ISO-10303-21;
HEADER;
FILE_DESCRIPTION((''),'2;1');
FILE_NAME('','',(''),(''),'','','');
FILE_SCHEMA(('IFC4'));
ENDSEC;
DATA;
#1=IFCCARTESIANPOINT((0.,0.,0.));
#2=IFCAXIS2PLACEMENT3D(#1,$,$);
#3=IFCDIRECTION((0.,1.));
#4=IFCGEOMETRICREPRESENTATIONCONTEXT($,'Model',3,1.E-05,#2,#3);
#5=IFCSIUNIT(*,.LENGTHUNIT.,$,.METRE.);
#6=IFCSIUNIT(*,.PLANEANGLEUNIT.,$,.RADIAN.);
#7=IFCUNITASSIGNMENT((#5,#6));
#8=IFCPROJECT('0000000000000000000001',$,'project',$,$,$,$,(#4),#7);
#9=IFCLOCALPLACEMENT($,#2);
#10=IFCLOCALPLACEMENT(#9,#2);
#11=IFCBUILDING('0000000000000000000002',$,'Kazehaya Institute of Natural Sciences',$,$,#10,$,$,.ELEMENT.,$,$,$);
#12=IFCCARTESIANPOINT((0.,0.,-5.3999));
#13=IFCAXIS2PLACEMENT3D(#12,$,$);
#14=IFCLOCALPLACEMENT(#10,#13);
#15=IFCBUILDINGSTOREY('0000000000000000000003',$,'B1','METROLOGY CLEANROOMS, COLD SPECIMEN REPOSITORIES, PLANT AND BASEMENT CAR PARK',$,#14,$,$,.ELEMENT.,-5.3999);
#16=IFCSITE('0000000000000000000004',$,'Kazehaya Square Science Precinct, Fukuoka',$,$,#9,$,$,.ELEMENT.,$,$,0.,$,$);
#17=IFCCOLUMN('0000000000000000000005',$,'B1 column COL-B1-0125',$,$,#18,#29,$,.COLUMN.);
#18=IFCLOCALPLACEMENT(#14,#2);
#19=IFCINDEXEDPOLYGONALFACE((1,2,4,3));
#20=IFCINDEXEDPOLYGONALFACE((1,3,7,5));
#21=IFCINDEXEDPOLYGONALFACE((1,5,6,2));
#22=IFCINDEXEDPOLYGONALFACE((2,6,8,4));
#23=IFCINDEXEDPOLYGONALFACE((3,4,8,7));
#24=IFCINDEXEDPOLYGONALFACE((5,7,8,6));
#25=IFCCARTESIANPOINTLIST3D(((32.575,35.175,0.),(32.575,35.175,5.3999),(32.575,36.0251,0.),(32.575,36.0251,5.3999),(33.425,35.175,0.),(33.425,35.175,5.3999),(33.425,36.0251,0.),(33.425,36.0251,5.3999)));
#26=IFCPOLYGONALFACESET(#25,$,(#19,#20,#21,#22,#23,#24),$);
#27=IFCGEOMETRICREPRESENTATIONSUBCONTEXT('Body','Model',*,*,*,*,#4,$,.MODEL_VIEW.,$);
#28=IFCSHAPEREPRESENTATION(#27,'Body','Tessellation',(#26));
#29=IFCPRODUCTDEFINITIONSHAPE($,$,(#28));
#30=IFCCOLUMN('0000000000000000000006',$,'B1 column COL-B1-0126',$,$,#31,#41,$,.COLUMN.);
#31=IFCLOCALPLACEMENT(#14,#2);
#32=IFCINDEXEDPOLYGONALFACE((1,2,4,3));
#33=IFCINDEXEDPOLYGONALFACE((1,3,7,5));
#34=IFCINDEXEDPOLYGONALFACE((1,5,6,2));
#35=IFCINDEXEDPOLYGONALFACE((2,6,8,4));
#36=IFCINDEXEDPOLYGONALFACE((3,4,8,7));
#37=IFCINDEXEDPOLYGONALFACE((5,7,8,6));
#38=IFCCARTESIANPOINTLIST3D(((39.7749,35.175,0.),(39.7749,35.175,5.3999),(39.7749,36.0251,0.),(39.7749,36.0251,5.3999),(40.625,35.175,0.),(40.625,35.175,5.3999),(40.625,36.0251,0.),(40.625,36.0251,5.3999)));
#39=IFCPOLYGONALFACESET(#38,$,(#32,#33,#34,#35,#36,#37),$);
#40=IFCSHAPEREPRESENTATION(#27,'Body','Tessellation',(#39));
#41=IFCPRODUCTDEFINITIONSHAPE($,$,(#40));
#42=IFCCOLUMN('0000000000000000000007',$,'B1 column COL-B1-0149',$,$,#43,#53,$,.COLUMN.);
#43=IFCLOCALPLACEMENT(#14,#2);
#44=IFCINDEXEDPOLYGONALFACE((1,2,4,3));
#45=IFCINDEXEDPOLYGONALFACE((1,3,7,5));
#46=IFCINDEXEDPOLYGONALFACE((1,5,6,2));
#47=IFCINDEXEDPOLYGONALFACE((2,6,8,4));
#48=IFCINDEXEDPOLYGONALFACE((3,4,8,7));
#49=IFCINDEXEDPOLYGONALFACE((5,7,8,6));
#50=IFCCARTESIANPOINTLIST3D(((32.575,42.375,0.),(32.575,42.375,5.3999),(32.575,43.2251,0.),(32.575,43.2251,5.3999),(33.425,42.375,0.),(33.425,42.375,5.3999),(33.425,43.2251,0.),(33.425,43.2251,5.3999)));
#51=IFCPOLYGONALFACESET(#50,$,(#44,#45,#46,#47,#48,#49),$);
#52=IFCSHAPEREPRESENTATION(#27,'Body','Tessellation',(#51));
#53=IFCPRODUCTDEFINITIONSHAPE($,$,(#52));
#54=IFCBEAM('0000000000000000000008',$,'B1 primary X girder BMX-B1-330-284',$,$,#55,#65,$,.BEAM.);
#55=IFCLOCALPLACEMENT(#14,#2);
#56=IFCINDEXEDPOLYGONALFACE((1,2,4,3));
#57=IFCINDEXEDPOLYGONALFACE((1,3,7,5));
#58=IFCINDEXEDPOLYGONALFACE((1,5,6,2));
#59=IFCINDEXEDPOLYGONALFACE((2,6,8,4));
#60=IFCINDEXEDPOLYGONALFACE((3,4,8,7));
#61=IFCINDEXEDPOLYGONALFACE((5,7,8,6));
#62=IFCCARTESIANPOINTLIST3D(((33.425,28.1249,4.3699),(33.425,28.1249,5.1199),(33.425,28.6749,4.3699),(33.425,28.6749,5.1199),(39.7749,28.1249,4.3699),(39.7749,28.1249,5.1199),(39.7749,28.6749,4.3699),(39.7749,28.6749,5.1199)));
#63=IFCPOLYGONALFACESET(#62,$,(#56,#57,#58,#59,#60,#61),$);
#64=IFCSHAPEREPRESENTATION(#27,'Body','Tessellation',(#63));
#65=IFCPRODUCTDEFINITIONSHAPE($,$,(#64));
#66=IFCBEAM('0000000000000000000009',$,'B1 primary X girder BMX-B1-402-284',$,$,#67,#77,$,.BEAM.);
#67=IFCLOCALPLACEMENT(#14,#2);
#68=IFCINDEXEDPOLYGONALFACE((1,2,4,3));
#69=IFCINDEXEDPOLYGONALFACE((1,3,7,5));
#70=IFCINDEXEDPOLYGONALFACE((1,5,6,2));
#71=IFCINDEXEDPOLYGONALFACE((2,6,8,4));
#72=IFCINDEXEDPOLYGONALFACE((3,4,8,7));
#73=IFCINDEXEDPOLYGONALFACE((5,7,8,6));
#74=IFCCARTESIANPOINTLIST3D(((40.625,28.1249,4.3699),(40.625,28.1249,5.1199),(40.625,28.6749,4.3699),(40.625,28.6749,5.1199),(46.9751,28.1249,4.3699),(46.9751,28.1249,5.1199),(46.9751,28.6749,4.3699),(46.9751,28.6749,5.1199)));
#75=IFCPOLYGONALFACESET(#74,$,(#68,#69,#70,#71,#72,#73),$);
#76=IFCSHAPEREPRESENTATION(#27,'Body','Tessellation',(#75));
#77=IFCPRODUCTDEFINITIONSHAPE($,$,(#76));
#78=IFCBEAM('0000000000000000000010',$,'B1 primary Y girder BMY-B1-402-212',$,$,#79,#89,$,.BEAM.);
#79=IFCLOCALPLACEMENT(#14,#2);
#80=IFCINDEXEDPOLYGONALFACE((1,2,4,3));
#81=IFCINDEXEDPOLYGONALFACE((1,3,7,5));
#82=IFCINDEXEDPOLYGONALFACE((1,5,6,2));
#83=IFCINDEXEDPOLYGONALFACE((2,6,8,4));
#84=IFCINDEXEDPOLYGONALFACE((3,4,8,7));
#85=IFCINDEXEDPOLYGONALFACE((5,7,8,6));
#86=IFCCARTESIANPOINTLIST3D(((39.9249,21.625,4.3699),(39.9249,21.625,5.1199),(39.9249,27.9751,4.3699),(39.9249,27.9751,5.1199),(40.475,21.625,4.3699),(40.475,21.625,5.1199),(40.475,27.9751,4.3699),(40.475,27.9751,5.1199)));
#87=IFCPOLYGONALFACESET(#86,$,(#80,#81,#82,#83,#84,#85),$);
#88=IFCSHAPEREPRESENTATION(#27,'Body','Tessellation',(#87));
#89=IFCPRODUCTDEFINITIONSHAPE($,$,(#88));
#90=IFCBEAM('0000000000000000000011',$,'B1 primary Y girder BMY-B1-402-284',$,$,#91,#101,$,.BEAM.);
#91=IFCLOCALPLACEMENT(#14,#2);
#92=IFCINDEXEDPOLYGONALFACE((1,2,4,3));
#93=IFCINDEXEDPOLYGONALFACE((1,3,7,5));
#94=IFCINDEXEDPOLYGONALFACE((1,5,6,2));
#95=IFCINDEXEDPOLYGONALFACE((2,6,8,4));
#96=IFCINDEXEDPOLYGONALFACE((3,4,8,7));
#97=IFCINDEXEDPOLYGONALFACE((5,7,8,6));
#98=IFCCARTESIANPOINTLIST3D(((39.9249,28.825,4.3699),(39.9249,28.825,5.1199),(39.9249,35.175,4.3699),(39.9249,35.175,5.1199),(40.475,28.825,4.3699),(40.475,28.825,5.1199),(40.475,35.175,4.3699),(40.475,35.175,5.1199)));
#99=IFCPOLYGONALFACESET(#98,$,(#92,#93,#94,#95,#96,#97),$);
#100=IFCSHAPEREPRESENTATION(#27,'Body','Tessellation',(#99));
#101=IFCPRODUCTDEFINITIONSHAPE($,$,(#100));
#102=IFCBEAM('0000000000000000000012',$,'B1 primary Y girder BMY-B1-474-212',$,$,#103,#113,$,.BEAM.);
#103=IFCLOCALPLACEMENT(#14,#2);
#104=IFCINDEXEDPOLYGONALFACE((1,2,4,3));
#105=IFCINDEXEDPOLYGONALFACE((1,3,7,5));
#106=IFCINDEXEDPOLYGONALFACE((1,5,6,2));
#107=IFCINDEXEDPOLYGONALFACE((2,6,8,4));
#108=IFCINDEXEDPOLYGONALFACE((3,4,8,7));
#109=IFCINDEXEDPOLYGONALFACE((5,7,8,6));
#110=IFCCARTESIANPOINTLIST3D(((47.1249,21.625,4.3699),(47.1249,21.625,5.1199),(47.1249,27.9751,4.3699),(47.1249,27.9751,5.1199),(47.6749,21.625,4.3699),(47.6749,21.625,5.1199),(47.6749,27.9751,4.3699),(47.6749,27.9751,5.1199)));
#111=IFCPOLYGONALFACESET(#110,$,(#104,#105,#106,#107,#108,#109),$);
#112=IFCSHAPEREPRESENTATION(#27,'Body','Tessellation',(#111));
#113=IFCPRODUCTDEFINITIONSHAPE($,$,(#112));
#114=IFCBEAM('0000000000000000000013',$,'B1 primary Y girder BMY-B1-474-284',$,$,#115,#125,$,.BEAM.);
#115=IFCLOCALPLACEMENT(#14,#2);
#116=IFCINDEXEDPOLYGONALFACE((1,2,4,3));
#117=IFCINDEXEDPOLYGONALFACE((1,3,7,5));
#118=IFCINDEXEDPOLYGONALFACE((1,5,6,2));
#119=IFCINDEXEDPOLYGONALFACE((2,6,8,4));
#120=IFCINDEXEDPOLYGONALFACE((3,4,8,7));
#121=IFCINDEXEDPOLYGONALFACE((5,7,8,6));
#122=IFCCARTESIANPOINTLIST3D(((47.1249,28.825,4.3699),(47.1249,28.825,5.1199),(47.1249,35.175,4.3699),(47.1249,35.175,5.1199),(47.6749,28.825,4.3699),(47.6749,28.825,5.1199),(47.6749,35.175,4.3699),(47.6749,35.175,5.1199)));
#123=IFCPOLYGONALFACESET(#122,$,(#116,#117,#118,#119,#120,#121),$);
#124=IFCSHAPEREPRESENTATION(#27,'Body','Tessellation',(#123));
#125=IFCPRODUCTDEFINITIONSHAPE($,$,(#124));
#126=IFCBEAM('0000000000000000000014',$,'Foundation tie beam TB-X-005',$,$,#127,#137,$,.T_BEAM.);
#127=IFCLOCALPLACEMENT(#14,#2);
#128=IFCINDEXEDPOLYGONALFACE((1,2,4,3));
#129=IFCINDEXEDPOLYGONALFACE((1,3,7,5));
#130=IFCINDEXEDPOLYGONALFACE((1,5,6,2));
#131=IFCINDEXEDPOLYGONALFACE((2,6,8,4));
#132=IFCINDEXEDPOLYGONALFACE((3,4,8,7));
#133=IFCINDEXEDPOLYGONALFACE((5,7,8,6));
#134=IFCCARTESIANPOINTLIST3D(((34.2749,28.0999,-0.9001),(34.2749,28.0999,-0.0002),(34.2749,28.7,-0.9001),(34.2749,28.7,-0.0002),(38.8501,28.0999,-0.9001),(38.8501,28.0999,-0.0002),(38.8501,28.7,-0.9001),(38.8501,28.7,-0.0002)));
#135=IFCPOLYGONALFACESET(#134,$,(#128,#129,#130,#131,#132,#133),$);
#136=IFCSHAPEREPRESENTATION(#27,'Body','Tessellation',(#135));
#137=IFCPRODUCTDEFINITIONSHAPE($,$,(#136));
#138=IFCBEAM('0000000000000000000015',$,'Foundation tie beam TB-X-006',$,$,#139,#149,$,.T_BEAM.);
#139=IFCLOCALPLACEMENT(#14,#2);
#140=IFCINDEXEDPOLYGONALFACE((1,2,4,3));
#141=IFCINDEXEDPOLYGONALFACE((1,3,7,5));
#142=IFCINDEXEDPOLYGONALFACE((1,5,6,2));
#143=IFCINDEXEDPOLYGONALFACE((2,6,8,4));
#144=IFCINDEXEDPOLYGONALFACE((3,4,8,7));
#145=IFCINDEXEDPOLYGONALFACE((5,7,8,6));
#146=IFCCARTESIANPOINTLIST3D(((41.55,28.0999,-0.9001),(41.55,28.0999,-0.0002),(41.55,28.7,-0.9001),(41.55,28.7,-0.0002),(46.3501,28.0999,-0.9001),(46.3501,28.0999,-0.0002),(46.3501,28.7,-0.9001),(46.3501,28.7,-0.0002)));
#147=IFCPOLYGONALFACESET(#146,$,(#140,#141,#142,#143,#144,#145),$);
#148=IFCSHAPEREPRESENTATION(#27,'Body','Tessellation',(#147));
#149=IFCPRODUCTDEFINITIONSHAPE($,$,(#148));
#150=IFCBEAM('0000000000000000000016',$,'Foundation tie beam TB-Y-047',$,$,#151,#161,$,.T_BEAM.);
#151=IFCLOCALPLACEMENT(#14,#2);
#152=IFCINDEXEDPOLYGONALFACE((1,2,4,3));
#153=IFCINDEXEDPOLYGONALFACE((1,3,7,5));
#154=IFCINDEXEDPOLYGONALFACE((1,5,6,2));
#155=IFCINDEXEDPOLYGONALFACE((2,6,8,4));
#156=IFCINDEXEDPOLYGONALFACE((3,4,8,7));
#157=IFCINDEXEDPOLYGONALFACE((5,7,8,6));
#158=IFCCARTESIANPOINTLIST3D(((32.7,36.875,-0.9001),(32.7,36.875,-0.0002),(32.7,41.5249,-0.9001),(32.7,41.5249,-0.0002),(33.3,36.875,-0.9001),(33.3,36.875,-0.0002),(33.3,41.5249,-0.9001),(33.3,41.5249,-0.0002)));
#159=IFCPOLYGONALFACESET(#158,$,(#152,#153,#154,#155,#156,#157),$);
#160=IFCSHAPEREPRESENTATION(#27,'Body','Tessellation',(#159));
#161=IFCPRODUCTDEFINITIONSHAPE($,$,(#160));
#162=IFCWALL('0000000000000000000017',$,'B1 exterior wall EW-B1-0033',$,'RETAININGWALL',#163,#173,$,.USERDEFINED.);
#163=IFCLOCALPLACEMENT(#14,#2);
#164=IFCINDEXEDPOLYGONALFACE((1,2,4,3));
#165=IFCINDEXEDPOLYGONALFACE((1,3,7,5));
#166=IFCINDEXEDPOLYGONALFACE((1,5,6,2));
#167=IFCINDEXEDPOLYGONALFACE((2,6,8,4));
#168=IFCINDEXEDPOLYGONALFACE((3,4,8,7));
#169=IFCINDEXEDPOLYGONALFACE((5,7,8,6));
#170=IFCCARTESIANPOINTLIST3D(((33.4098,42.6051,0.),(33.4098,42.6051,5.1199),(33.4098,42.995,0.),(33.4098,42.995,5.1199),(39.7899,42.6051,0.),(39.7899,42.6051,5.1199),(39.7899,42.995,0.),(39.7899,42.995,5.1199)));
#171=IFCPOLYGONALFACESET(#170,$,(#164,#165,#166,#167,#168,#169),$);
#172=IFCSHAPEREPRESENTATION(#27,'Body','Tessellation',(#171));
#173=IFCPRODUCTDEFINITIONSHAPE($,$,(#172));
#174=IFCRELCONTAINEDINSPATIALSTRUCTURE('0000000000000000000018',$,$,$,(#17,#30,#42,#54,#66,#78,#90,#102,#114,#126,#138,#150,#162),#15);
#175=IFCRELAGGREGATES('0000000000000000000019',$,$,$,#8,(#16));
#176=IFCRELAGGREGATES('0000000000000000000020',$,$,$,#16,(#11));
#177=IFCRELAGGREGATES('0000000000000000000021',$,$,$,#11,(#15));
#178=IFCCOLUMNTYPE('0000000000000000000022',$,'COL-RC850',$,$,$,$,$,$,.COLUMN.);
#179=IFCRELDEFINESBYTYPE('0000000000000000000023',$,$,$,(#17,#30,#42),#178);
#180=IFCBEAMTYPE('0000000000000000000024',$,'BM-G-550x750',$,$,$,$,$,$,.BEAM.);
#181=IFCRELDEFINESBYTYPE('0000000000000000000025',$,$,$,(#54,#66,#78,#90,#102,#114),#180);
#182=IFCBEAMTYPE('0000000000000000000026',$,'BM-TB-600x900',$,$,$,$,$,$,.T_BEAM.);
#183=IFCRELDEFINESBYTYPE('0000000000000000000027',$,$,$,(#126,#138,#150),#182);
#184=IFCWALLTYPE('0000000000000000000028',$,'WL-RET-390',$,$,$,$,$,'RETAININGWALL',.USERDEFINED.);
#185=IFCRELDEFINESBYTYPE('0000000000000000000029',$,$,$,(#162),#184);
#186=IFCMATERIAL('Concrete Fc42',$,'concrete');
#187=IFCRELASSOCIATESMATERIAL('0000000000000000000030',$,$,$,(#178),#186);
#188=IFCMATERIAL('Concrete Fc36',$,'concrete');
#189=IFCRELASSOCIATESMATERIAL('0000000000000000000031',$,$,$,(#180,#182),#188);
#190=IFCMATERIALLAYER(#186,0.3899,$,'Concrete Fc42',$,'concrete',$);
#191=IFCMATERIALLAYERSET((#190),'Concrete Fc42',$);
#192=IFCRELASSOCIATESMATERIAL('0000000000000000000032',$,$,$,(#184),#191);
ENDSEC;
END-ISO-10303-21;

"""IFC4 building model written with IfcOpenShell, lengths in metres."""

from ifc_helpers import new_model, si_unit, direction, frame, frame_2d, origin, origin_2d, place, context, subcontext, project, spatial, rectangle, extrude, material, layer, layer_set, material_profile, profile_set, type_object, element, save


model = new_model("IFC4")

# Units and contexts
model_context = context("Model", 3, precision=1e-05, world=origin(), true_north=direction((0.0, 1.0)))
body_context = subcontext(model_context, "Body", "Model", "MODEL_VIEW")
ifc_project = project(units=[si_unit("LENGTHUNIT", "METRE"), si_unit("PLANEANGLEUNIT", "RADIAN")], contexts=[model_context])

# Site, building, storey
site_placement = place(None, origin())
site = spatial("IfcSite", under=ifc_project, at=site_placement, Name="Kazehaya Square Science Precinct, Fukuoka", CompositionType="ELEMENT", RefElevation=0.0)
building_placement = place(site_placement, origin())
building = spatial("IfcBuilding", under=site, at=building_placement, Name="Kazehaya Institute of Natural Sciences", CompositionType="ELEMENT")
storey_placement = place(building_placement, frame((0.0, 0.0, -5.3999)))
storey = spatial("IfcBuildingStorey", under=building, at=storey_placement, Name="B1", Description="METROLOGY CLEANROOMS, COLD SPECIMEN REPOSITORIES, PLANT AND BASEMENT CAR PARK", CompositionType="ELEMENT", Elevation=-5.3999)

# Shared definitions
ifc_material_1 = material(Name="Concrete Fc36", Category="concrete")

# Columns
ifc_material_2 = material(Name="Concrete Fc42", Category="concrete")
ifc_material_profile_1 = material_profile(ifc_material_2, rectangle(XDim=0.8501, YDim=0.8501, at=origin_2d()), Name="RC-850x850")
ifc_profile_set_1 = profile_set([ifc_material_profile_1], Name="Concrete Fc42")
column_type = type_object("IfcColumnType", Name="COL-RC850", PredefinedType="COLUMN", material=ifc_profile_set_1)
for number, where, z_axis, x_axis, name in (
    (1, (33.0, 35.6001, 0.0), (0.0, 0.0, 1.0), (1.0, 0.0, 0.0), "B1 column COL-B1-0125"),
    (2, (40.2, 35.6001, 0.0), (0.0, 0.0, 1.0), (1.0, 0.0, 0.0), "B1 column COL-B1-0126"),
    (3, (33.0, 42.8, 0.0), (0.0, 0.0, 1.0), (1.0, 0.0, 0.0), "B1 column COL-B1-0149"),
):
    element("IfcColumn", number, at=place(storey_placement, frame(where, z_axis=z_axis, x_axis=x_axis)), inside=storey, type_object=column_type, Name=name, PredefinedType="COLUMN", context=body_context, shape_type="SweptSolid", body=[
        extrude(rectangle(XDim=0.8501, YDim=0.8501, at=origin_2d()), origin(), (0.0, 0.0, 1.0), 5.3999),
    ])

# Beams
ifc_material_profile_2 = material_profile(ifc_material_1, rectangle(XDim=0.55, YDim=0.75, at=origin_2d()), Name="RC-550x750")
ifc_profile_set_2 = profile_set([ifc_material_profile_2], Name="Concrete Fc36")
beam_type_1 = type_object("IfcBeamType", Name="BM-G-550x750", PredefinedType="BEAM", material=ifc_profile_set_2)
beam_1_placement = place(storey_placement, frame((33.425, 28.3999, 4.7449), z_axis=(1.0, 0.0, 0.0), x_axis=(0.0, 1.0, 0.0)))
element("IfcBeam", 4, at=beam_1_placement, inside=storey, type_object=beam_type_1, Name="B1 primary X girder BMX-B1-330-284", PredefinedType="BEAM", context=body_context, shape_type="SweptSolid", body=[
    extrude(rectangle(XDim=0.55, YDim=0.75, at=origin_2d()), origin(), (0.0, 0.0, 1.0), 6.3499),
])
for number, where, z_axis, x_axis, name in (
    (5, (40.625, 28.3999, 4.7449), (1.0, 0.0, 0.0), (0.0, 1.0, 0.0), "B1 primary X girder BMX-B1-402-284"),
    (6, (40.2, 21.625, 4.7449), (0.0, 1.0, 0.0), (-1.0, 0.0, 0.0), "B1 primary Y girder BMY-B1-402-212"),
    (7, (40.2, 28.825, 4.7449), (0.0, 1.0, 0.0), (-1.0, 0.0, 0.0), "B1 primary Y girder BMY-B1-402-284"),
    (8, (47.3999, 21.625, 4.7449), (0.0, 1.0, 0.0), (-1.0, 0.0, 0.0), "B1 primary Y girder BMY-B1-474-212"),
    (9, (47.3999, 28.825, 4.7449), (0.0, 1.0, 0.0), (-1.0, 0.0, 0.0), "B1 primary Y girder BMY-B1-474-284"),
):
    element("IfcBeam", number, at=place(storey_placement, frame(where, z_axis=z_axis, x_axis=x_axis)), inside=storey, type_object=beam_type_1, Name=name, PredefinedType="BEAM", context=body_context, shape_type="SweptSolid", body=[
        extrude(rectangle(XDim=0.55, YDim=0.75, at=origin_2d()), origin(), (0.0, 0.0, 1.0), 6.3501),
    ])
ifc_material_profile_3 = material_profile(ifc_material_1, rectangle(XDim=0.6001, YDim=0.8999, at=origin_2d()), Name="RC-600x900")
ifc_profile_set_3 = profile_set([ifc_material_profile_3], Name="Concrete Fc36")
beam_type_2 = type_object("IfcBeamType", Name="BM-TB-600x900", PredefinedType="T_BEAM", material=ifc_profile_set_3)
beam_2_placement = place(storey_placement, frame((34.2749, 28.3999, -0.4502), z_axis=(1.0, 0.0, 0.0), x_axis=(0.0, 1.0, 0.0)))
element("IfcBeam", 10, at=beam_2_placement, inside=storey, type_object=beam_type_2, Name="Foundation tie beam TB-X-005", PredefinedType="T_BEAM", context=body_context, shape_type="SweptSolid", body=[
    extrude(rectangle(XDim=0.6001, YDim=0.8999, at=origin_2d()), origin(), (0.0, 0.0, 1.0), 4.5752),
])
beam_3_placement = place(storey_placement, frame((41.55, 28.3999, -0.4502), z_axis=(1.0, 0.0, 0.0), x_axis=(0.0, 1.0, 0.0)))
element("IfcBeam", 11, at=beam_3_placement, inside=storey, type_object=beam_type_2, Name="Foundation tie beam TB-X-006", PredefinedType="T_BEAM", context=body_context, shape_type="SweptSolid", body=[
    extrude(rectangle(XDim=0.6001, YDim=0.8999, at=origin_2d()), origin(), (0.0, 0.0, 1.0), 4.8),
])
beam_4_placement = place(storey_placement, frame((33.0, 36.875, -0.4502), z_axis=(0.0, 1.0, 0.0), x_axis=(-1.0, 0.0, 0.0)))
element("IfcBeam", 12, at=beam_4_placement, inside=storey, type_object=beam_type_2, Name="Foundation tie beam TB-Y-047", PredefinedType="T_BEAM", context=body_context, shape_type="SweptSolid", body=[
    extrude(rectangle(XDim=0.6001, YDim=0.8999, at=origin_2d()), origin(), (0.0, 0.0, 1.0), 4.6499),
])

# Wall
ifc_layer = layer(ifc_material_2, 0.3899, Name="Concrete Fc42", Category="concrete")
ifc_layer_set = layer_set([ifc_layer], Name="Concrete Fc42")
wall_type = type_object("IfcWallType", Name="WL-RET-390", ElementType="RETAININGWALL", PredefinedType="USERDEFINED", material=ifc_layer_set)
wall_placement = place(storey_placement, frame((33.4099, 42.8, 0.0), z_axis=(0.0, 0.0, 1.0), x_axis=(1.0, 0.0, 0.0)))
element("IfcWall", 13, at=wall_placement, inside=storey, type_object=wall_type, Name="B1 exterior wall EW-B1-0033", ObjectType="RETAININGWALL", PredefinedType="USERDEFINED", context=body_context, shape_type="SweptSolid", body=[
    extrude(rectangle(XDim=6.3801, YDim=0.3899, at=frame_2d((3.1899, 0.0))), origin(), (0.0, 0.0, 1.0), 5.1199),
])

save(model, "model.ifc")
